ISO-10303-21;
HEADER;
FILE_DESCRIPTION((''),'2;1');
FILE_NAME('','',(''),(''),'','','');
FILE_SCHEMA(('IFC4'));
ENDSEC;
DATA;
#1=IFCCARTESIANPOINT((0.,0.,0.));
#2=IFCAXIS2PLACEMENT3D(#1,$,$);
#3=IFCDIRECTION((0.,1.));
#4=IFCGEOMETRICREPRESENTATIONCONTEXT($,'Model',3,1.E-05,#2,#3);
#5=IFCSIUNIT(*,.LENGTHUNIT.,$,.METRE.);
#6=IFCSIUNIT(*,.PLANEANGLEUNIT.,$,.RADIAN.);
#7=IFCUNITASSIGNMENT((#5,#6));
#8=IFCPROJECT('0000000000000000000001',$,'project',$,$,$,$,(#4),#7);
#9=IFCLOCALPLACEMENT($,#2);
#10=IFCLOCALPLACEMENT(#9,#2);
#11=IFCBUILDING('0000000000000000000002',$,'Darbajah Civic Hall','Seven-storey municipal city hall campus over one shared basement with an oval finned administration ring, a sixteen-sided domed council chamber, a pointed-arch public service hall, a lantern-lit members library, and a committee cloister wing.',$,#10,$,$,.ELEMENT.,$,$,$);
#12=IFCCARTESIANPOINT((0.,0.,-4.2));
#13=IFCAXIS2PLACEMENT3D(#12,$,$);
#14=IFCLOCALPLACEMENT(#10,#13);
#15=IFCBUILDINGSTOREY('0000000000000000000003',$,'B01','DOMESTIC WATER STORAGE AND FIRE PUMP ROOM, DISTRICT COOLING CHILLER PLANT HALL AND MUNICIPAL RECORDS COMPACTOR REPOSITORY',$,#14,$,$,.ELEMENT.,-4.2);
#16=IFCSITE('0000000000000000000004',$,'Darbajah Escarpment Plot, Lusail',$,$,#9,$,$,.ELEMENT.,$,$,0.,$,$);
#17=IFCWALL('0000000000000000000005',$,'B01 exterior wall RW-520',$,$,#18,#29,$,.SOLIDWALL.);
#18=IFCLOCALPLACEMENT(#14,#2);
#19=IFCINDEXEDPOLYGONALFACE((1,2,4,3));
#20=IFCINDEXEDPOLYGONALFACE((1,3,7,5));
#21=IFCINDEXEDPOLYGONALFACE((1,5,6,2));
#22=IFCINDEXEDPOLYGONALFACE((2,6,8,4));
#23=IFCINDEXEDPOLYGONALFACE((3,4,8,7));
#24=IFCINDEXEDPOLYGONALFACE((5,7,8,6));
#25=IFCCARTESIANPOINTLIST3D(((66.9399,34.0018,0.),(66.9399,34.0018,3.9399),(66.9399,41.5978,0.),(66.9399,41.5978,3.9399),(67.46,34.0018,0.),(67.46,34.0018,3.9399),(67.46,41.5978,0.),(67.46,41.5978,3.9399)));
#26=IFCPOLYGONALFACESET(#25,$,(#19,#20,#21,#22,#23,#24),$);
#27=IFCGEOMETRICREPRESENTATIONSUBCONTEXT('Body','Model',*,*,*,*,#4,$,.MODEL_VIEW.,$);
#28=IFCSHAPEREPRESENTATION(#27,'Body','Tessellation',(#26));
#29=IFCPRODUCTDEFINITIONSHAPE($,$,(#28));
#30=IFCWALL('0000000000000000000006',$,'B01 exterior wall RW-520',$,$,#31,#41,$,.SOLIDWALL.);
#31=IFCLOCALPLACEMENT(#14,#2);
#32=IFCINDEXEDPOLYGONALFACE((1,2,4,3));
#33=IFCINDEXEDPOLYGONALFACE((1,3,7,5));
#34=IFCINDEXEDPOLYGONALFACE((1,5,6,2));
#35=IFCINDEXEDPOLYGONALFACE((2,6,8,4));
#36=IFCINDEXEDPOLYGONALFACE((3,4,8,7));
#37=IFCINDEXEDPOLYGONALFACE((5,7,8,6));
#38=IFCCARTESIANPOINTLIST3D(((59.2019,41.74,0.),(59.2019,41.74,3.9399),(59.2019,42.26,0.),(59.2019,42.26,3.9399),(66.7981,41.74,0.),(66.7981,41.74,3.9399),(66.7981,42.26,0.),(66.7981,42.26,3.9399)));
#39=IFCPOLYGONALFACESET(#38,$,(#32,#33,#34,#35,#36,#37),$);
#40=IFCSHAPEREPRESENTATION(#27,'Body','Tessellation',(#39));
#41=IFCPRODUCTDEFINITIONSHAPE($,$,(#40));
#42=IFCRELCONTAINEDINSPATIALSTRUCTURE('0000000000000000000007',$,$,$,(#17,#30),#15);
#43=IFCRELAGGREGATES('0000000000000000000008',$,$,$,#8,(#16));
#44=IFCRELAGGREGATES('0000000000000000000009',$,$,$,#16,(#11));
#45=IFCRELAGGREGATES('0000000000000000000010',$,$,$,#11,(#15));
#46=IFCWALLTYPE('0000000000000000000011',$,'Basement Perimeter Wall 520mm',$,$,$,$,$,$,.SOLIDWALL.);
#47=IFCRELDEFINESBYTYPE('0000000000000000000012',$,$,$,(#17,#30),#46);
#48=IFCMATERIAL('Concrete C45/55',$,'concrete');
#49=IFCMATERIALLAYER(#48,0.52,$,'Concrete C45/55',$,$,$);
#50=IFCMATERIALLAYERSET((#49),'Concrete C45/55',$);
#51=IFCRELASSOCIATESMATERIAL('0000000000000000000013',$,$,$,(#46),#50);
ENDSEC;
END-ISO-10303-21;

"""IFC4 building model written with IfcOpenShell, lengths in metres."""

from ifc_helpers import new_model, si_unit, direction, frame, frame_2d, origin, place, context, subcontext, project, spatial, rectangle, extrude, material, layer, layer_set, type_object, element, save


model = new_model("IFC4")

# Units and contexts
model_context = context("Model", 3, precision=1e-05, world=origin(), true_north=direction((0.0, 1.0)))
body_context = subcontext(model_context, "Body", "Model", "MODEL_VIEW")
ifc_project = project(units=[si_unit("LENGTHUNIT", "METRE"), si_unit("PLANEANGLEUNIT", "RADIAN")], contexts=[model_context])

# Site, building, storey
site_placement = place(None, origin())
site = spatial("IfcSite", under=ifc_project, at=site_placement, Name="Darbajah Escarpment Plot, Lusail", CompositionType="ELEMENT", RefElevation=0.0)
building_placement = place(site_placement, origin())
building = spatial("IfcBuilding", under=site, at=building_placement, Name="Darbajah Civic Hall", Description="Seven-storey municipal city hall campus over one shared basement with an oval finned administration ring, a sixteen-sided domed council chamber, a pointed-arch public service hall, a lantern-lit members library, and a committee cloister wing.", CompositionType="ELEMENT")
storey_placement = place(building_placement, frame((0.0, 0.0, -4.2)))
storey = spatial("IfcBuildingStorey", under=building, at=storey_placement, Name="B01", Description="DOMESTIC WATER STORAGE AND FIRE PUMP ROOM, DISTRICT COOLING CHILLER PLANT HALL AND MUNICIPAL RECORDS COMPACTOR REPOSITORY", CompositionType="ELEMENT", Elevation=-4.2)

# Shared definitions
ifc_material_1 = material(Name="Concrete C45/55", Category="concrete")

# Walls
ifc_layer = layer(ifc_material_1, 0.52, Name="Concrete C45/55")
ifc_layer_set = layer_set([ifc_layer], Name="Concrete C45/55")
wall_type = type_object("IfcWallType", Name="Basement Perimeter Wall 520mm", PredefinedType="SOLIDWALL", material=ifc_layer_set)
wall_1_placement = place(storey_placement, frame((67.2, 34.002, 0.0), z_axis=(0.0, 0.0, 1.0), x_axis=(0.0, 1.0, 0.0)))
element("IfcWall", 1, at=wall_1_placement, inside=storey, type_object=wall_type, Name="B01 exterior wall RW-520", PredefinedType="SOLIDWALL", context=body_context, shape_type="SweptSolid", body=[
    extrude(rectangle(XDim=7.5959, YDim=0.52, at=frame_2d((3.7979, 0.0))), origin(), (0.0, 0.0, 1.0), 3.9399),
])
wall_2_placement = place(storey_placement, frame((66.7981, 42.0, 0.0), z_axis=(0.0, 0.0, 1.0), x_axis=(-1.0, 0.0, 0.0)))
element("IfcWall", 2, at=wall_2_placement, inside=storey, type_object=wall_type, Name="B01 exterior wall RW-520", PredefinedType="SOLIDWALL", context=body_context, shape_type="SweptSolid", body=[
    extrude(rectangle(XDim=7.5962, YDim=0.52, at=frame_2d((3.7981, 0.0))), origin(), (0.0, 0.0, 1.0), 3.9399),
])

save(model, "model.ifc")
